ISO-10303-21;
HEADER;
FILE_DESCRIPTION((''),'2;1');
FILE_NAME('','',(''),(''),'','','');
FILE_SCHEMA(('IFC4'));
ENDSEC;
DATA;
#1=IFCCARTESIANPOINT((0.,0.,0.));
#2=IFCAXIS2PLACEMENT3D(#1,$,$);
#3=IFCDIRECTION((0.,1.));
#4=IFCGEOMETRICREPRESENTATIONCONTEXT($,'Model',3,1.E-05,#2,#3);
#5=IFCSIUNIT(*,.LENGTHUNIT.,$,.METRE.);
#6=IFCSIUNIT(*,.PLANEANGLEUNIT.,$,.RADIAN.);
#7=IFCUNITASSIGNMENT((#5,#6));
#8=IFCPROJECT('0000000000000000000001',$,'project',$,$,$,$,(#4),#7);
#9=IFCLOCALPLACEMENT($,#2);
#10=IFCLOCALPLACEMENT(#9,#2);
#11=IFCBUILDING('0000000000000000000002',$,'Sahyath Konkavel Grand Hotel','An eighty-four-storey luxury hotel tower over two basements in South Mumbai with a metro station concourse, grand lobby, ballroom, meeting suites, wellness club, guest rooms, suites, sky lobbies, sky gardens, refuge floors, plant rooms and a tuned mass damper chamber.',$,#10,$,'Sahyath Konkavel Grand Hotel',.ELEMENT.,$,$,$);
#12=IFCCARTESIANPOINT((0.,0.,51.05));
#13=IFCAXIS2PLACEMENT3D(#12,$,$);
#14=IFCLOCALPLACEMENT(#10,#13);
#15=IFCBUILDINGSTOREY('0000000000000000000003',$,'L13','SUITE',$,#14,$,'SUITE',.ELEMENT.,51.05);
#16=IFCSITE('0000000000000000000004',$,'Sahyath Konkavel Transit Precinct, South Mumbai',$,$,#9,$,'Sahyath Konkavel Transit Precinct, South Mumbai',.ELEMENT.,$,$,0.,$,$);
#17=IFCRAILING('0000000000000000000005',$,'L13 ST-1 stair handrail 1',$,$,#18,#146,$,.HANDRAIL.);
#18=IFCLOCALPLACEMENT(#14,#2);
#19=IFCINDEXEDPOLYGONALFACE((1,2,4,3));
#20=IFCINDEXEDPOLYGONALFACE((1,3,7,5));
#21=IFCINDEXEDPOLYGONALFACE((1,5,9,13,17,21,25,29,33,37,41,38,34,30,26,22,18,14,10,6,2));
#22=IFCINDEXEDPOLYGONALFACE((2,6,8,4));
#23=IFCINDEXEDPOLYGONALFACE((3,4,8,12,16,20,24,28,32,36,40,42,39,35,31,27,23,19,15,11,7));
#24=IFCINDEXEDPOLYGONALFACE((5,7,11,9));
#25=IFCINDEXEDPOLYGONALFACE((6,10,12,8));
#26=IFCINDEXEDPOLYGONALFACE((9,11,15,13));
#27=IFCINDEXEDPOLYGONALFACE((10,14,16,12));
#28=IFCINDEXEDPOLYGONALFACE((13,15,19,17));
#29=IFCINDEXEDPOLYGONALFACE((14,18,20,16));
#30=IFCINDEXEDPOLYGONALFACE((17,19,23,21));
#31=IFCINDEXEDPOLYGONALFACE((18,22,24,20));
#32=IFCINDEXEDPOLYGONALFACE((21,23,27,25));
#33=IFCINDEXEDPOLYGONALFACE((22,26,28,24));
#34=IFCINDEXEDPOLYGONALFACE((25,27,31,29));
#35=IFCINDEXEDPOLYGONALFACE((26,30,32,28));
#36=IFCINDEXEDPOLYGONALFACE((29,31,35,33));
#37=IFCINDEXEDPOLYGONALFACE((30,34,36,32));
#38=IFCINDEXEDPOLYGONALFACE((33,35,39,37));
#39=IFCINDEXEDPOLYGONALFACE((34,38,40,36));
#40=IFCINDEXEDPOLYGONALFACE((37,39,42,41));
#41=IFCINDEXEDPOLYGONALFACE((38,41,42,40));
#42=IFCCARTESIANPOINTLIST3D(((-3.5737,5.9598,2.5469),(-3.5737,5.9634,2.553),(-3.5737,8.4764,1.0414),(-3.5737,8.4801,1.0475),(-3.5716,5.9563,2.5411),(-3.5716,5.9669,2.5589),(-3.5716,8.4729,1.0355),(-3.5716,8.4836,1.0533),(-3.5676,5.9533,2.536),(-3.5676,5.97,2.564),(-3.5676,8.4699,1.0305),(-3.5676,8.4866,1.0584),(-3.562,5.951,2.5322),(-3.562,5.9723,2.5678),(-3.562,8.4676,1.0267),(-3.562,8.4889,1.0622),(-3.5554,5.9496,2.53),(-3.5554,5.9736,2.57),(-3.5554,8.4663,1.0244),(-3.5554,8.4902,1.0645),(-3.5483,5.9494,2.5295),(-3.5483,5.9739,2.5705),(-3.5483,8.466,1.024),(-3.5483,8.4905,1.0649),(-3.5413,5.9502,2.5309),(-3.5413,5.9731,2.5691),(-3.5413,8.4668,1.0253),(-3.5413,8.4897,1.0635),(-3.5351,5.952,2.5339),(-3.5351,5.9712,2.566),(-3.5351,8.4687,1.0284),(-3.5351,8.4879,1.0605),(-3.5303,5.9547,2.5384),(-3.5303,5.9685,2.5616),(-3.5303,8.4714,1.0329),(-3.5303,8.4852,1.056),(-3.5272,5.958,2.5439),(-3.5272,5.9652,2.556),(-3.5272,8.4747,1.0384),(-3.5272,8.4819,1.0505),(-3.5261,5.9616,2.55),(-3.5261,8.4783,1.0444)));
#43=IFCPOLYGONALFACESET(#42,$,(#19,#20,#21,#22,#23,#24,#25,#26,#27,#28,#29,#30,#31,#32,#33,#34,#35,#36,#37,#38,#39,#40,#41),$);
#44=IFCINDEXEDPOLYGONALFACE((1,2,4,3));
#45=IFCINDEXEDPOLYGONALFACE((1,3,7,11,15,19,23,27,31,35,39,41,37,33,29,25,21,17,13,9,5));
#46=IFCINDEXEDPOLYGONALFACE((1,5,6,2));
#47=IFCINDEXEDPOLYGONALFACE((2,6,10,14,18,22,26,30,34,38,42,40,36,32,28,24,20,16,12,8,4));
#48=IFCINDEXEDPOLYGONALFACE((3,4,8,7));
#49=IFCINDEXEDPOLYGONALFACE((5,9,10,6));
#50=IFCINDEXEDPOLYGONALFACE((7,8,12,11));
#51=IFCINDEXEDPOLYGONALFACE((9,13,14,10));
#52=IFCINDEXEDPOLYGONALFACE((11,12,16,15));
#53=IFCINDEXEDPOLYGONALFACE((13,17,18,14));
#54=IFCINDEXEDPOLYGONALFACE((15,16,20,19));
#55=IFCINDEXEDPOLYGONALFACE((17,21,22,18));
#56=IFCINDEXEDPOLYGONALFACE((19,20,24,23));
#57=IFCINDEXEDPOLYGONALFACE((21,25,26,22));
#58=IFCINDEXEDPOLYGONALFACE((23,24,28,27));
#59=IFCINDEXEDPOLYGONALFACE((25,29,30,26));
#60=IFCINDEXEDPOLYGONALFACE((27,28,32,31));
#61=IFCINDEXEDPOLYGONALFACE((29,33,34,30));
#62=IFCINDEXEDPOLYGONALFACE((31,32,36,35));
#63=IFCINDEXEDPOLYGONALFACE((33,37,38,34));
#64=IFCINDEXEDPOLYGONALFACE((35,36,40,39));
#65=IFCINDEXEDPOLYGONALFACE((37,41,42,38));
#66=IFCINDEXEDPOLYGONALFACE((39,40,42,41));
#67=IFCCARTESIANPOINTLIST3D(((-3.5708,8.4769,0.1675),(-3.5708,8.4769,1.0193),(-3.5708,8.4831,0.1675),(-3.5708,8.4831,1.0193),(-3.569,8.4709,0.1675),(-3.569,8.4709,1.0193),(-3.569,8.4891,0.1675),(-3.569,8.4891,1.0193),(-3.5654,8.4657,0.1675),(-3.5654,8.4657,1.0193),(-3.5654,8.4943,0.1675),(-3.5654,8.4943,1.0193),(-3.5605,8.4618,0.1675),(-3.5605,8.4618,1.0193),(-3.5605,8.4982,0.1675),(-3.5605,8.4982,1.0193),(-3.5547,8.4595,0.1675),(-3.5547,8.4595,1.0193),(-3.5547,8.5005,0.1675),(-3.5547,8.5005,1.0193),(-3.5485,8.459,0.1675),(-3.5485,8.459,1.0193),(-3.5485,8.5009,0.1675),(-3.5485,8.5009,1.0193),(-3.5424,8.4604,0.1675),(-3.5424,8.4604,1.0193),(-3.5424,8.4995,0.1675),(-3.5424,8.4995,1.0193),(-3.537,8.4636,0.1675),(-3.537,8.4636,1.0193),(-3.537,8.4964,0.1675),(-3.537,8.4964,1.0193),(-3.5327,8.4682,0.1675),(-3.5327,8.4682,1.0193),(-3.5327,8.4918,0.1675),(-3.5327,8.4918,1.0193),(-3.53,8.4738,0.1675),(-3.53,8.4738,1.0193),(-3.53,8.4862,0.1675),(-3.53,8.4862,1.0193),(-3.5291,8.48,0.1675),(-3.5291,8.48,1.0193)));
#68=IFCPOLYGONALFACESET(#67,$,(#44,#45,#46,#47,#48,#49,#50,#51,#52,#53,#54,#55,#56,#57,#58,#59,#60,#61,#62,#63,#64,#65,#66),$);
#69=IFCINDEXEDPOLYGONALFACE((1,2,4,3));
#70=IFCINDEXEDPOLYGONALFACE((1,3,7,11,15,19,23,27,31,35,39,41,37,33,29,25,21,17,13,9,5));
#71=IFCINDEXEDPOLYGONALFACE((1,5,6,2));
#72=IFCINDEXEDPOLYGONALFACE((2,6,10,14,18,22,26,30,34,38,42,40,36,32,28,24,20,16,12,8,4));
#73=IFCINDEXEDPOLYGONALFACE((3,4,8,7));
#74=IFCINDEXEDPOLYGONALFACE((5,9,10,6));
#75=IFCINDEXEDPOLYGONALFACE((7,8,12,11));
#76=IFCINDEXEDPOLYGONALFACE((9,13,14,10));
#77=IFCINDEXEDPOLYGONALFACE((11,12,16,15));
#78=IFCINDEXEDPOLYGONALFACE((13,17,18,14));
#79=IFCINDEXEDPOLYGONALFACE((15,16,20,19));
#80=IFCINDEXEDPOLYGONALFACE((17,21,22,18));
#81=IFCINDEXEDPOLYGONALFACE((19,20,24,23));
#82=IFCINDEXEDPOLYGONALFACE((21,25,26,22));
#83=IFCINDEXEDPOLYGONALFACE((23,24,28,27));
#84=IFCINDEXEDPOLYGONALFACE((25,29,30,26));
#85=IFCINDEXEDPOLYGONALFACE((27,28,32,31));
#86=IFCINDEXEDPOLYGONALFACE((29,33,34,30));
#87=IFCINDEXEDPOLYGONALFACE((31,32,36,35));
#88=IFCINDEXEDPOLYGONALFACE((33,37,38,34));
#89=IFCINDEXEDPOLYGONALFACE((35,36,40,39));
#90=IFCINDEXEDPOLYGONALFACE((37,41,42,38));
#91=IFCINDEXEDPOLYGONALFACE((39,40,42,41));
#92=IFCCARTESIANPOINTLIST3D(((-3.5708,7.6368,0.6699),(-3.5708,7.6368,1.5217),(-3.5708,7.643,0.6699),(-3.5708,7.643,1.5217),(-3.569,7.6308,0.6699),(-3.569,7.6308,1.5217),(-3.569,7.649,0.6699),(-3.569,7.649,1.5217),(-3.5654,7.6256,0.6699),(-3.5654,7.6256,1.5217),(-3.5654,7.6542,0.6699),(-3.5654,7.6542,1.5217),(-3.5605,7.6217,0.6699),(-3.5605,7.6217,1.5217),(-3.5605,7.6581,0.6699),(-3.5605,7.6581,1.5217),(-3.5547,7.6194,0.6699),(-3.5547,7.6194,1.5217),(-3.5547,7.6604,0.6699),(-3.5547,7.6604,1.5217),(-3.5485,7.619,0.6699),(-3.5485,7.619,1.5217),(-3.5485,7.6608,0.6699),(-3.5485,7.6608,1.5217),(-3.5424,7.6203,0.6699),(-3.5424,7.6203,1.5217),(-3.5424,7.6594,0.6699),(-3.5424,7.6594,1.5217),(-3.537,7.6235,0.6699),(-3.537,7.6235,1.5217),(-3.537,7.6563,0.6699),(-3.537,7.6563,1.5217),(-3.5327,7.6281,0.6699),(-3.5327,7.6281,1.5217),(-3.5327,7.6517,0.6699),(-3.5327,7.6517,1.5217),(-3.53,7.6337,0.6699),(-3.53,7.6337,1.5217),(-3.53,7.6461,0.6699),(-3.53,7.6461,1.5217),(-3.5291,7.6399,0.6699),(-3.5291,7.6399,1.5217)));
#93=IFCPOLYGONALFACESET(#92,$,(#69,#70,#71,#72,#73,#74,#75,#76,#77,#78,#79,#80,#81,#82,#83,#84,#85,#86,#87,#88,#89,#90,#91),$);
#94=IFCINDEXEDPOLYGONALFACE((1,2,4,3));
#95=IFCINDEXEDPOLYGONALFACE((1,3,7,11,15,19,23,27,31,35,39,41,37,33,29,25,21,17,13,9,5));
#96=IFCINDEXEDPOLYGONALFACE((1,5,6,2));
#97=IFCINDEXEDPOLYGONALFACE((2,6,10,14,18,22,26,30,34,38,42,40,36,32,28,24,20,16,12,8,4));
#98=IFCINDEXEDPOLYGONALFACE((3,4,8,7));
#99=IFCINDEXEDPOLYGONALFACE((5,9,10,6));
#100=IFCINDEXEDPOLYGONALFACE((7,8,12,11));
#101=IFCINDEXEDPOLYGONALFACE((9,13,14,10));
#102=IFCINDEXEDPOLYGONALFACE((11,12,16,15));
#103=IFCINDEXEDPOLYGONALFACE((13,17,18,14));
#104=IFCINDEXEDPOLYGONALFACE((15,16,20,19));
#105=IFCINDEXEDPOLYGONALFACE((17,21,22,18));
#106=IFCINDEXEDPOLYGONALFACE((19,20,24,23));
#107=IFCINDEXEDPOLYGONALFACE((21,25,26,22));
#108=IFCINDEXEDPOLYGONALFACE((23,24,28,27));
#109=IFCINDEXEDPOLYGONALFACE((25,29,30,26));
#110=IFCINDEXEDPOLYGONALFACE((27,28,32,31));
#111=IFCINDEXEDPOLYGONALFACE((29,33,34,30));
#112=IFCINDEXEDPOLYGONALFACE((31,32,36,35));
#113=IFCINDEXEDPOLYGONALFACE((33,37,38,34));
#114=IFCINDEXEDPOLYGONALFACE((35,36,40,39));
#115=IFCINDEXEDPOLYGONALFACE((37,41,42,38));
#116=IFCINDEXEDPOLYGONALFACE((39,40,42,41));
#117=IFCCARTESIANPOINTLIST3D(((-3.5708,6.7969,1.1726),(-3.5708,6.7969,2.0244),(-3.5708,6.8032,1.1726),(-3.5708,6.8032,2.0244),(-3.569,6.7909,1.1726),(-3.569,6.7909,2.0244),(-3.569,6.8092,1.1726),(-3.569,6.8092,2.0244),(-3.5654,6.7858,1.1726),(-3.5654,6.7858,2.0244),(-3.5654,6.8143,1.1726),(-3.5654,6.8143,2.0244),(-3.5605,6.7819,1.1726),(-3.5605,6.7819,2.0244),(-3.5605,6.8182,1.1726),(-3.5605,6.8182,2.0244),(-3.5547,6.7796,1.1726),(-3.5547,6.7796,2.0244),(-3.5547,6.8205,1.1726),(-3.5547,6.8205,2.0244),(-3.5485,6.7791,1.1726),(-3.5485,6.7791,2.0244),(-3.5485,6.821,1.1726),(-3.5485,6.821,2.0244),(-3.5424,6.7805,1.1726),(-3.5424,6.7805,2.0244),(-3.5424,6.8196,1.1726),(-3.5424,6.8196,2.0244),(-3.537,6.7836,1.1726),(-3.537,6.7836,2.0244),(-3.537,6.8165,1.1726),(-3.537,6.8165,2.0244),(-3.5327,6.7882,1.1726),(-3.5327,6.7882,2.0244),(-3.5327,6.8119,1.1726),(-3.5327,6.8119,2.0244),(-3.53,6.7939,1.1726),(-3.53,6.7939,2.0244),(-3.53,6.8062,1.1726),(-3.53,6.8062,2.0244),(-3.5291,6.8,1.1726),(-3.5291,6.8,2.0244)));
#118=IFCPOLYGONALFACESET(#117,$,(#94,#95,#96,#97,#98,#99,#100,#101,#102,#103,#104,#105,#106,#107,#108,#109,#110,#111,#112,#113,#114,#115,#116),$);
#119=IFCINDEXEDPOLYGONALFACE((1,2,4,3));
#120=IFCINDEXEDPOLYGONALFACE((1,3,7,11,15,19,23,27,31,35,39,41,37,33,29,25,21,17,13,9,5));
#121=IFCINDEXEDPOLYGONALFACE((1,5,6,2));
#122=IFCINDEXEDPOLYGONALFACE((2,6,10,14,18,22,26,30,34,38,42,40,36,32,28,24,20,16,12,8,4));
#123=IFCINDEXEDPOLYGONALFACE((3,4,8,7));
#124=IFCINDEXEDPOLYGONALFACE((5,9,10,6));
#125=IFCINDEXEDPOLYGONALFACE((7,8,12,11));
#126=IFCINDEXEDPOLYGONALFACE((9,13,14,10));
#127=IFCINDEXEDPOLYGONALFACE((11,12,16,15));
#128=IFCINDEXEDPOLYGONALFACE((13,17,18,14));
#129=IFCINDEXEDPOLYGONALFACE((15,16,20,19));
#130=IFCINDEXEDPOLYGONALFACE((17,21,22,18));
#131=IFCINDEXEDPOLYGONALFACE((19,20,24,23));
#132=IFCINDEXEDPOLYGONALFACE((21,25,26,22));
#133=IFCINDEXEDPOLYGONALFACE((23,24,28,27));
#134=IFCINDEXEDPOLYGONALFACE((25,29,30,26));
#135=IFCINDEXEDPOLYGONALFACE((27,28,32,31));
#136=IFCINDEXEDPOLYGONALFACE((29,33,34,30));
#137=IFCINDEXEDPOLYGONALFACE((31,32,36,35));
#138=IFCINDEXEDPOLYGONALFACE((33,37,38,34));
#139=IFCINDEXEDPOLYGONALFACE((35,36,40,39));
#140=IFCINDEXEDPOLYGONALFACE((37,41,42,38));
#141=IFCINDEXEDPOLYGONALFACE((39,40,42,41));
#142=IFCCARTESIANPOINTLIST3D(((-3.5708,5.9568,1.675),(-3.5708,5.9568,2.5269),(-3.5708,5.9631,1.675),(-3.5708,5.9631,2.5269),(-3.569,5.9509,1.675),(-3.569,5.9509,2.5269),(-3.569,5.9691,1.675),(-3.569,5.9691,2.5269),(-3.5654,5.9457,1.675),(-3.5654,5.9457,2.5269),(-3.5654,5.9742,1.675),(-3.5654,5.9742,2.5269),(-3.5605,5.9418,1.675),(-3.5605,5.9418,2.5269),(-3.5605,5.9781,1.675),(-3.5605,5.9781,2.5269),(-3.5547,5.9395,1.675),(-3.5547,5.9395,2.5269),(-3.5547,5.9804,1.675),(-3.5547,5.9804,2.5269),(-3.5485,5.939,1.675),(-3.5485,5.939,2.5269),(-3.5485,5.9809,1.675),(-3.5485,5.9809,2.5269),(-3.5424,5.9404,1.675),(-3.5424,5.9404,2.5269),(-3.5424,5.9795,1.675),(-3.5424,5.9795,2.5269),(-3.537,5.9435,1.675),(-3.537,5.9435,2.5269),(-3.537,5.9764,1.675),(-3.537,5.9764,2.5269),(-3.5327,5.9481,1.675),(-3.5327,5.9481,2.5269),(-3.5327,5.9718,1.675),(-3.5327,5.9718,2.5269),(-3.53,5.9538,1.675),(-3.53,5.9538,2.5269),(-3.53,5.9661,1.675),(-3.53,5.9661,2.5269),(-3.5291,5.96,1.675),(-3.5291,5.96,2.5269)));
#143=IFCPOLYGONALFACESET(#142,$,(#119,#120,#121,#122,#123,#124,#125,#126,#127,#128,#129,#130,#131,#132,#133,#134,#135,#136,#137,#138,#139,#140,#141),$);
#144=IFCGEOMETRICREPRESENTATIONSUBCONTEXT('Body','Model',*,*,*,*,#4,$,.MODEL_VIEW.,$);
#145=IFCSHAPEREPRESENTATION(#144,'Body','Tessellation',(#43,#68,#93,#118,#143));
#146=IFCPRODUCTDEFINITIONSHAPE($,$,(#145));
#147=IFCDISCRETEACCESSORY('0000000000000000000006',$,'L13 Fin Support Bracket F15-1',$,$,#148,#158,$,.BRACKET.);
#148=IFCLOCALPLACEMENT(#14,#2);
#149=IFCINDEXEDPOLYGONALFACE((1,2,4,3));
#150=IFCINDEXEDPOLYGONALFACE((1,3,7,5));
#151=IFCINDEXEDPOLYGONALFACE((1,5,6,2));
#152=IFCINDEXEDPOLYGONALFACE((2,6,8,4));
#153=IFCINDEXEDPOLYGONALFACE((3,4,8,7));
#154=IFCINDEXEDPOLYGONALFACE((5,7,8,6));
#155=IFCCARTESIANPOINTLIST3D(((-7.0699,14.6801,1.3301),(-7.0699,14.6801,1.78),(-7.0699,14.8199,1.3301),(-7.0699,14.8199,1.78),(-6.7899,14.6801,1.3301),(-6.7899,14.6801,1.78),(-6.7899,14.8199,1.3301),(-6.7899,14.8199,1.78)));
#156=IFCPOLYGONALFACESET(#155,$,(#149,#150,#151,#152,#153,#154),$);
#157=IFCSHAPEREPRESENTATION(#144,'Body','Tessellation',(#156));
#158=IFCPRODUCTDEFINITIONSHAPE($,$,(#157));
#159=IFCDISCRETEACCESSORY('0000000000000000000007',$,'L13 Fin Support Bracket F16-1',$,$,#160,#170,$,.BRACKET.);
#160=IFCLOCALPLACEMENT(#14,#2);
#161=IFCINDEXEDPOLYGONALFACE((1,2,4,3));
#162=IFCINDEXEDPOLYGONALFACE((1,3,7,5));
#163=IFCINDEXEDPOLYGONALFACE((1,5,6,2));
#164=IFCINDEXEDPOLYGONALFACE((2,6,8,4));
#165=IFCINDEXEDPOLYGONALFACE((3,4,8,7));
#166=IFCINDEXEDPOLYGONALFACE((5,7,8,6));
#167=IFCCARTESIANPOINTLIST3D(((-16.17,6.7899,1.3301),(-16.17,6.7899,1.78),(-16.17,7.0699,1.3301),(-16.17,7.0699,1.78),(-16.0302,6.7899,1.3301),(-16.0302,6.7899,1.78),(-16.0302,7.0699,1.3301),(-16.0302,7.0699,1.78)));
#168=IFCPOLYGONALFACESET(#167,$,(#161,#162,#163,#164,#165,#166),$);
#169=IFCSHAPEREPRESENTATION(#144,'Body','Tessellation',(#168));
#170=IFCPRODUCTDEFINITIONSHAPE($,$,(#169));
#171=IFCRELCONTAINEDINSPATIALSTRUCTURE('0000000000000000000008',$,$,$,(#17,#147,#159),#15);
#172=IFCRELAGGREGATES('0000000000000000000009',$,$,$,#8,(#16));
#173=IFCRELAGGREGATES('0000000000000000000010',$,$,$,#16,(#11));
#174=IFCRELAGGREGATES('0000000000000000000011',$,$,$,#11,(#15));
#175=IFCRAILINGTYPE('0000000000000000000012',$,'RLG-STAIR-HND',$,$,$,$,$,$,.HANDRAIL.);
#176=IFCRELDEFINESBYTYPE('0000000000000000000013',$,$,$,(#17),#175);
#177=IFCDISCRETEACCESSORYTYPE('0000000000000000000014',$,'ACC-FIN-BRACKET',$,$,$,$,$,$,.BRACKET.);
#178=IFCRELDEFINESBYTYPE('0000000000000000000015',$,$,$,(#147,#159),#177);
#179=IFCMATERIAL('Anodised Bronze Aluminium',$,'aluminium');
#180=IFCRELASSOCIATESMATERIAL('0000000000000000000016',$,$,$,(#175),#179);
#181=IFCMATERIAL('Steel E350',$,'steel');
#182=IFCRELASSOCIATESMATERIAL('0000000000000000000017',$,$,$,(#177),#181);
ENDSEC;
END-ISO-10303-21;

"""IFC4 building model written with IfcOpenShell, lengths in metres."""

from ifc_helpers import new_model, si_unit, direction, frame, origin, origin_2d, place, context, subcontext, project, spatial, rectangle, circle, extrude, source, transform, mapped, material, type_object, element, save


model = new_model("IFC4")

# Units and contexts
model_context = context("Model", 3, precision=1e-05, world=origin(), true_north=direction((0.0, 1.0)))
body_context = subcontext(model_context, "Body", "Model", "MODEL_VIEW")
ifc_project = project(units=[si_unit("LENGTHUNIT", "METRE"), si_unit("PLANEANGLEUNIT", "RADIAN")], contexts=[model_context])

# Site, building, storey
site_placement = place(None, origin())
site = spatial("IfcSite", under=ifc_project, at=site_placement, Name="Sahyath Konkavel Transit Precinct, South Mumbai", LongName="Sahyath Konkavel Transit Precinct, South Mumbai", CompositionType="ELEMENT", RefElevation=0.0)
building_placement = place(site_placement, origin())
building = spatial("IfcBuilding", under=site, at=building_placement, Name="Sahyath Konkavel Grand Hotel", Description="An eighty-four-storey luxury hotel tower over two basements in South Mumbai with a metro station concourse, grand lobby, ballroom, meeting suites, wellness club, guest rooms, suites, sky lobbies, sky gardens, refuge floors, plant rooms and a tuned mass damper chamber.", LongName="Sahyath Konkavel Grand Hotel", CompositionType="ELEMENT")
storey_placement = place(building_placement, frame((0.0, 0.0, 51.05)))
storey = spatial("IfcBuildingStorey", under=building, at=storey_placement, Name="L13", Description="SUITE", LongName="SUITE", CompositionType="ELEMENT", Elevation=51.05)

# Shared definitions
ifc_material_1 = material(Name="Steel E350", Category="steel")

# Shared definitions
ifc_material_2 = material(Name="Anodised Bronze Aluminium", Category="aluminium")

# Railing
railing_type_1 = type_object("IfcRailingType", Name="RLG-STAIR-HND", PredefinedType="HANDRAIL", material=ifc_material_2)
railing_1_placement = place(storey_placement, frame((-3.55, 8.48, 0.1675)))
element("IfcRailing", 1, at=railing_1_placement, inside=storey, type_object=railing_type_1, Name="L13 ST-1 stair handrail 1", PredefinedType="HANDRAIL", context=body_context, shape_type="SweptSolid", body=[
    extrude(circle(Radius=0.0239, at=origin_2d()), frame((0.0, -0.0017, 0.877), z_axis=(0.0, -0.85816, 0.513383), x_axis=(1.0, 0.0, 0.0)), (0.0, 0.0, 1.0), 2.9326),
    extrude(circle(Radius=0.021, at=origin_2d()), origin(), (0.0, 0.0, 1.0), 0.8518),
    extrude(circle(Radius=0.021, at=origin_2d()), frame((0.0, -0.8401, 0.5024)), (0.0, 0.0, 1.0), 0.8518),
    extrude(circle(Radius=0.021, at=origin_2d()), frame((0.0, -1.6799, 1.0051)), (0.0, 0.0, 1.0), 0.8518),
    extrude(circle(Radius=0.021, at=origin_2d()), frame((0.0, -2.52, 1.5076)), (0.0, 0.0, 1.0), 0.8518),
])

# Discrete accessories
discrete_accessory_type = type_object("IfcDiscreteAccessoryType", Name="ACC-FIN-BRACKET", PredefinedType="BRACKET", material=ifc_material_1)
shared_shape_1 = source(origin(), body_context, "Body", "SweptSolid", [
    extrude(rectangle(XDim=0.28, YDim=0.1399, at=origin_2d()), origin(), (0.0, 0.0, 1.0), 0.45),
])
for number, where, z_axis, x_axis, name in (
    (2, (-6.9299, 14.75, 1.3301), (0.0, 0.0, 1.0), (-1.0, 0.0, 0.0), "L13 Fin Support Bracket F15-1"),
    (3, (-16.1001, 6.9299, 1.3301), (0.0, 0.0, 1.0), (0.0, 1.0, 0.0), "L13 Fin Support Bracket F16-1"),
):
    element("IfcDiscreteAccessory", number, at=place(storey_placement, frame(where, z_axis=z_axis, x_axis=x_axis)), inside=storey, type_object=discrete_accessory_type, Name=name, PredefinedType="BRACKET", context=body_context, shape_type="MappedRepresentation", body=[
        mapped(shared_shape_1, transform((0.0, 0.0, 0.0), scale=1.0)),
    ])

save(model, "model.ifc")
